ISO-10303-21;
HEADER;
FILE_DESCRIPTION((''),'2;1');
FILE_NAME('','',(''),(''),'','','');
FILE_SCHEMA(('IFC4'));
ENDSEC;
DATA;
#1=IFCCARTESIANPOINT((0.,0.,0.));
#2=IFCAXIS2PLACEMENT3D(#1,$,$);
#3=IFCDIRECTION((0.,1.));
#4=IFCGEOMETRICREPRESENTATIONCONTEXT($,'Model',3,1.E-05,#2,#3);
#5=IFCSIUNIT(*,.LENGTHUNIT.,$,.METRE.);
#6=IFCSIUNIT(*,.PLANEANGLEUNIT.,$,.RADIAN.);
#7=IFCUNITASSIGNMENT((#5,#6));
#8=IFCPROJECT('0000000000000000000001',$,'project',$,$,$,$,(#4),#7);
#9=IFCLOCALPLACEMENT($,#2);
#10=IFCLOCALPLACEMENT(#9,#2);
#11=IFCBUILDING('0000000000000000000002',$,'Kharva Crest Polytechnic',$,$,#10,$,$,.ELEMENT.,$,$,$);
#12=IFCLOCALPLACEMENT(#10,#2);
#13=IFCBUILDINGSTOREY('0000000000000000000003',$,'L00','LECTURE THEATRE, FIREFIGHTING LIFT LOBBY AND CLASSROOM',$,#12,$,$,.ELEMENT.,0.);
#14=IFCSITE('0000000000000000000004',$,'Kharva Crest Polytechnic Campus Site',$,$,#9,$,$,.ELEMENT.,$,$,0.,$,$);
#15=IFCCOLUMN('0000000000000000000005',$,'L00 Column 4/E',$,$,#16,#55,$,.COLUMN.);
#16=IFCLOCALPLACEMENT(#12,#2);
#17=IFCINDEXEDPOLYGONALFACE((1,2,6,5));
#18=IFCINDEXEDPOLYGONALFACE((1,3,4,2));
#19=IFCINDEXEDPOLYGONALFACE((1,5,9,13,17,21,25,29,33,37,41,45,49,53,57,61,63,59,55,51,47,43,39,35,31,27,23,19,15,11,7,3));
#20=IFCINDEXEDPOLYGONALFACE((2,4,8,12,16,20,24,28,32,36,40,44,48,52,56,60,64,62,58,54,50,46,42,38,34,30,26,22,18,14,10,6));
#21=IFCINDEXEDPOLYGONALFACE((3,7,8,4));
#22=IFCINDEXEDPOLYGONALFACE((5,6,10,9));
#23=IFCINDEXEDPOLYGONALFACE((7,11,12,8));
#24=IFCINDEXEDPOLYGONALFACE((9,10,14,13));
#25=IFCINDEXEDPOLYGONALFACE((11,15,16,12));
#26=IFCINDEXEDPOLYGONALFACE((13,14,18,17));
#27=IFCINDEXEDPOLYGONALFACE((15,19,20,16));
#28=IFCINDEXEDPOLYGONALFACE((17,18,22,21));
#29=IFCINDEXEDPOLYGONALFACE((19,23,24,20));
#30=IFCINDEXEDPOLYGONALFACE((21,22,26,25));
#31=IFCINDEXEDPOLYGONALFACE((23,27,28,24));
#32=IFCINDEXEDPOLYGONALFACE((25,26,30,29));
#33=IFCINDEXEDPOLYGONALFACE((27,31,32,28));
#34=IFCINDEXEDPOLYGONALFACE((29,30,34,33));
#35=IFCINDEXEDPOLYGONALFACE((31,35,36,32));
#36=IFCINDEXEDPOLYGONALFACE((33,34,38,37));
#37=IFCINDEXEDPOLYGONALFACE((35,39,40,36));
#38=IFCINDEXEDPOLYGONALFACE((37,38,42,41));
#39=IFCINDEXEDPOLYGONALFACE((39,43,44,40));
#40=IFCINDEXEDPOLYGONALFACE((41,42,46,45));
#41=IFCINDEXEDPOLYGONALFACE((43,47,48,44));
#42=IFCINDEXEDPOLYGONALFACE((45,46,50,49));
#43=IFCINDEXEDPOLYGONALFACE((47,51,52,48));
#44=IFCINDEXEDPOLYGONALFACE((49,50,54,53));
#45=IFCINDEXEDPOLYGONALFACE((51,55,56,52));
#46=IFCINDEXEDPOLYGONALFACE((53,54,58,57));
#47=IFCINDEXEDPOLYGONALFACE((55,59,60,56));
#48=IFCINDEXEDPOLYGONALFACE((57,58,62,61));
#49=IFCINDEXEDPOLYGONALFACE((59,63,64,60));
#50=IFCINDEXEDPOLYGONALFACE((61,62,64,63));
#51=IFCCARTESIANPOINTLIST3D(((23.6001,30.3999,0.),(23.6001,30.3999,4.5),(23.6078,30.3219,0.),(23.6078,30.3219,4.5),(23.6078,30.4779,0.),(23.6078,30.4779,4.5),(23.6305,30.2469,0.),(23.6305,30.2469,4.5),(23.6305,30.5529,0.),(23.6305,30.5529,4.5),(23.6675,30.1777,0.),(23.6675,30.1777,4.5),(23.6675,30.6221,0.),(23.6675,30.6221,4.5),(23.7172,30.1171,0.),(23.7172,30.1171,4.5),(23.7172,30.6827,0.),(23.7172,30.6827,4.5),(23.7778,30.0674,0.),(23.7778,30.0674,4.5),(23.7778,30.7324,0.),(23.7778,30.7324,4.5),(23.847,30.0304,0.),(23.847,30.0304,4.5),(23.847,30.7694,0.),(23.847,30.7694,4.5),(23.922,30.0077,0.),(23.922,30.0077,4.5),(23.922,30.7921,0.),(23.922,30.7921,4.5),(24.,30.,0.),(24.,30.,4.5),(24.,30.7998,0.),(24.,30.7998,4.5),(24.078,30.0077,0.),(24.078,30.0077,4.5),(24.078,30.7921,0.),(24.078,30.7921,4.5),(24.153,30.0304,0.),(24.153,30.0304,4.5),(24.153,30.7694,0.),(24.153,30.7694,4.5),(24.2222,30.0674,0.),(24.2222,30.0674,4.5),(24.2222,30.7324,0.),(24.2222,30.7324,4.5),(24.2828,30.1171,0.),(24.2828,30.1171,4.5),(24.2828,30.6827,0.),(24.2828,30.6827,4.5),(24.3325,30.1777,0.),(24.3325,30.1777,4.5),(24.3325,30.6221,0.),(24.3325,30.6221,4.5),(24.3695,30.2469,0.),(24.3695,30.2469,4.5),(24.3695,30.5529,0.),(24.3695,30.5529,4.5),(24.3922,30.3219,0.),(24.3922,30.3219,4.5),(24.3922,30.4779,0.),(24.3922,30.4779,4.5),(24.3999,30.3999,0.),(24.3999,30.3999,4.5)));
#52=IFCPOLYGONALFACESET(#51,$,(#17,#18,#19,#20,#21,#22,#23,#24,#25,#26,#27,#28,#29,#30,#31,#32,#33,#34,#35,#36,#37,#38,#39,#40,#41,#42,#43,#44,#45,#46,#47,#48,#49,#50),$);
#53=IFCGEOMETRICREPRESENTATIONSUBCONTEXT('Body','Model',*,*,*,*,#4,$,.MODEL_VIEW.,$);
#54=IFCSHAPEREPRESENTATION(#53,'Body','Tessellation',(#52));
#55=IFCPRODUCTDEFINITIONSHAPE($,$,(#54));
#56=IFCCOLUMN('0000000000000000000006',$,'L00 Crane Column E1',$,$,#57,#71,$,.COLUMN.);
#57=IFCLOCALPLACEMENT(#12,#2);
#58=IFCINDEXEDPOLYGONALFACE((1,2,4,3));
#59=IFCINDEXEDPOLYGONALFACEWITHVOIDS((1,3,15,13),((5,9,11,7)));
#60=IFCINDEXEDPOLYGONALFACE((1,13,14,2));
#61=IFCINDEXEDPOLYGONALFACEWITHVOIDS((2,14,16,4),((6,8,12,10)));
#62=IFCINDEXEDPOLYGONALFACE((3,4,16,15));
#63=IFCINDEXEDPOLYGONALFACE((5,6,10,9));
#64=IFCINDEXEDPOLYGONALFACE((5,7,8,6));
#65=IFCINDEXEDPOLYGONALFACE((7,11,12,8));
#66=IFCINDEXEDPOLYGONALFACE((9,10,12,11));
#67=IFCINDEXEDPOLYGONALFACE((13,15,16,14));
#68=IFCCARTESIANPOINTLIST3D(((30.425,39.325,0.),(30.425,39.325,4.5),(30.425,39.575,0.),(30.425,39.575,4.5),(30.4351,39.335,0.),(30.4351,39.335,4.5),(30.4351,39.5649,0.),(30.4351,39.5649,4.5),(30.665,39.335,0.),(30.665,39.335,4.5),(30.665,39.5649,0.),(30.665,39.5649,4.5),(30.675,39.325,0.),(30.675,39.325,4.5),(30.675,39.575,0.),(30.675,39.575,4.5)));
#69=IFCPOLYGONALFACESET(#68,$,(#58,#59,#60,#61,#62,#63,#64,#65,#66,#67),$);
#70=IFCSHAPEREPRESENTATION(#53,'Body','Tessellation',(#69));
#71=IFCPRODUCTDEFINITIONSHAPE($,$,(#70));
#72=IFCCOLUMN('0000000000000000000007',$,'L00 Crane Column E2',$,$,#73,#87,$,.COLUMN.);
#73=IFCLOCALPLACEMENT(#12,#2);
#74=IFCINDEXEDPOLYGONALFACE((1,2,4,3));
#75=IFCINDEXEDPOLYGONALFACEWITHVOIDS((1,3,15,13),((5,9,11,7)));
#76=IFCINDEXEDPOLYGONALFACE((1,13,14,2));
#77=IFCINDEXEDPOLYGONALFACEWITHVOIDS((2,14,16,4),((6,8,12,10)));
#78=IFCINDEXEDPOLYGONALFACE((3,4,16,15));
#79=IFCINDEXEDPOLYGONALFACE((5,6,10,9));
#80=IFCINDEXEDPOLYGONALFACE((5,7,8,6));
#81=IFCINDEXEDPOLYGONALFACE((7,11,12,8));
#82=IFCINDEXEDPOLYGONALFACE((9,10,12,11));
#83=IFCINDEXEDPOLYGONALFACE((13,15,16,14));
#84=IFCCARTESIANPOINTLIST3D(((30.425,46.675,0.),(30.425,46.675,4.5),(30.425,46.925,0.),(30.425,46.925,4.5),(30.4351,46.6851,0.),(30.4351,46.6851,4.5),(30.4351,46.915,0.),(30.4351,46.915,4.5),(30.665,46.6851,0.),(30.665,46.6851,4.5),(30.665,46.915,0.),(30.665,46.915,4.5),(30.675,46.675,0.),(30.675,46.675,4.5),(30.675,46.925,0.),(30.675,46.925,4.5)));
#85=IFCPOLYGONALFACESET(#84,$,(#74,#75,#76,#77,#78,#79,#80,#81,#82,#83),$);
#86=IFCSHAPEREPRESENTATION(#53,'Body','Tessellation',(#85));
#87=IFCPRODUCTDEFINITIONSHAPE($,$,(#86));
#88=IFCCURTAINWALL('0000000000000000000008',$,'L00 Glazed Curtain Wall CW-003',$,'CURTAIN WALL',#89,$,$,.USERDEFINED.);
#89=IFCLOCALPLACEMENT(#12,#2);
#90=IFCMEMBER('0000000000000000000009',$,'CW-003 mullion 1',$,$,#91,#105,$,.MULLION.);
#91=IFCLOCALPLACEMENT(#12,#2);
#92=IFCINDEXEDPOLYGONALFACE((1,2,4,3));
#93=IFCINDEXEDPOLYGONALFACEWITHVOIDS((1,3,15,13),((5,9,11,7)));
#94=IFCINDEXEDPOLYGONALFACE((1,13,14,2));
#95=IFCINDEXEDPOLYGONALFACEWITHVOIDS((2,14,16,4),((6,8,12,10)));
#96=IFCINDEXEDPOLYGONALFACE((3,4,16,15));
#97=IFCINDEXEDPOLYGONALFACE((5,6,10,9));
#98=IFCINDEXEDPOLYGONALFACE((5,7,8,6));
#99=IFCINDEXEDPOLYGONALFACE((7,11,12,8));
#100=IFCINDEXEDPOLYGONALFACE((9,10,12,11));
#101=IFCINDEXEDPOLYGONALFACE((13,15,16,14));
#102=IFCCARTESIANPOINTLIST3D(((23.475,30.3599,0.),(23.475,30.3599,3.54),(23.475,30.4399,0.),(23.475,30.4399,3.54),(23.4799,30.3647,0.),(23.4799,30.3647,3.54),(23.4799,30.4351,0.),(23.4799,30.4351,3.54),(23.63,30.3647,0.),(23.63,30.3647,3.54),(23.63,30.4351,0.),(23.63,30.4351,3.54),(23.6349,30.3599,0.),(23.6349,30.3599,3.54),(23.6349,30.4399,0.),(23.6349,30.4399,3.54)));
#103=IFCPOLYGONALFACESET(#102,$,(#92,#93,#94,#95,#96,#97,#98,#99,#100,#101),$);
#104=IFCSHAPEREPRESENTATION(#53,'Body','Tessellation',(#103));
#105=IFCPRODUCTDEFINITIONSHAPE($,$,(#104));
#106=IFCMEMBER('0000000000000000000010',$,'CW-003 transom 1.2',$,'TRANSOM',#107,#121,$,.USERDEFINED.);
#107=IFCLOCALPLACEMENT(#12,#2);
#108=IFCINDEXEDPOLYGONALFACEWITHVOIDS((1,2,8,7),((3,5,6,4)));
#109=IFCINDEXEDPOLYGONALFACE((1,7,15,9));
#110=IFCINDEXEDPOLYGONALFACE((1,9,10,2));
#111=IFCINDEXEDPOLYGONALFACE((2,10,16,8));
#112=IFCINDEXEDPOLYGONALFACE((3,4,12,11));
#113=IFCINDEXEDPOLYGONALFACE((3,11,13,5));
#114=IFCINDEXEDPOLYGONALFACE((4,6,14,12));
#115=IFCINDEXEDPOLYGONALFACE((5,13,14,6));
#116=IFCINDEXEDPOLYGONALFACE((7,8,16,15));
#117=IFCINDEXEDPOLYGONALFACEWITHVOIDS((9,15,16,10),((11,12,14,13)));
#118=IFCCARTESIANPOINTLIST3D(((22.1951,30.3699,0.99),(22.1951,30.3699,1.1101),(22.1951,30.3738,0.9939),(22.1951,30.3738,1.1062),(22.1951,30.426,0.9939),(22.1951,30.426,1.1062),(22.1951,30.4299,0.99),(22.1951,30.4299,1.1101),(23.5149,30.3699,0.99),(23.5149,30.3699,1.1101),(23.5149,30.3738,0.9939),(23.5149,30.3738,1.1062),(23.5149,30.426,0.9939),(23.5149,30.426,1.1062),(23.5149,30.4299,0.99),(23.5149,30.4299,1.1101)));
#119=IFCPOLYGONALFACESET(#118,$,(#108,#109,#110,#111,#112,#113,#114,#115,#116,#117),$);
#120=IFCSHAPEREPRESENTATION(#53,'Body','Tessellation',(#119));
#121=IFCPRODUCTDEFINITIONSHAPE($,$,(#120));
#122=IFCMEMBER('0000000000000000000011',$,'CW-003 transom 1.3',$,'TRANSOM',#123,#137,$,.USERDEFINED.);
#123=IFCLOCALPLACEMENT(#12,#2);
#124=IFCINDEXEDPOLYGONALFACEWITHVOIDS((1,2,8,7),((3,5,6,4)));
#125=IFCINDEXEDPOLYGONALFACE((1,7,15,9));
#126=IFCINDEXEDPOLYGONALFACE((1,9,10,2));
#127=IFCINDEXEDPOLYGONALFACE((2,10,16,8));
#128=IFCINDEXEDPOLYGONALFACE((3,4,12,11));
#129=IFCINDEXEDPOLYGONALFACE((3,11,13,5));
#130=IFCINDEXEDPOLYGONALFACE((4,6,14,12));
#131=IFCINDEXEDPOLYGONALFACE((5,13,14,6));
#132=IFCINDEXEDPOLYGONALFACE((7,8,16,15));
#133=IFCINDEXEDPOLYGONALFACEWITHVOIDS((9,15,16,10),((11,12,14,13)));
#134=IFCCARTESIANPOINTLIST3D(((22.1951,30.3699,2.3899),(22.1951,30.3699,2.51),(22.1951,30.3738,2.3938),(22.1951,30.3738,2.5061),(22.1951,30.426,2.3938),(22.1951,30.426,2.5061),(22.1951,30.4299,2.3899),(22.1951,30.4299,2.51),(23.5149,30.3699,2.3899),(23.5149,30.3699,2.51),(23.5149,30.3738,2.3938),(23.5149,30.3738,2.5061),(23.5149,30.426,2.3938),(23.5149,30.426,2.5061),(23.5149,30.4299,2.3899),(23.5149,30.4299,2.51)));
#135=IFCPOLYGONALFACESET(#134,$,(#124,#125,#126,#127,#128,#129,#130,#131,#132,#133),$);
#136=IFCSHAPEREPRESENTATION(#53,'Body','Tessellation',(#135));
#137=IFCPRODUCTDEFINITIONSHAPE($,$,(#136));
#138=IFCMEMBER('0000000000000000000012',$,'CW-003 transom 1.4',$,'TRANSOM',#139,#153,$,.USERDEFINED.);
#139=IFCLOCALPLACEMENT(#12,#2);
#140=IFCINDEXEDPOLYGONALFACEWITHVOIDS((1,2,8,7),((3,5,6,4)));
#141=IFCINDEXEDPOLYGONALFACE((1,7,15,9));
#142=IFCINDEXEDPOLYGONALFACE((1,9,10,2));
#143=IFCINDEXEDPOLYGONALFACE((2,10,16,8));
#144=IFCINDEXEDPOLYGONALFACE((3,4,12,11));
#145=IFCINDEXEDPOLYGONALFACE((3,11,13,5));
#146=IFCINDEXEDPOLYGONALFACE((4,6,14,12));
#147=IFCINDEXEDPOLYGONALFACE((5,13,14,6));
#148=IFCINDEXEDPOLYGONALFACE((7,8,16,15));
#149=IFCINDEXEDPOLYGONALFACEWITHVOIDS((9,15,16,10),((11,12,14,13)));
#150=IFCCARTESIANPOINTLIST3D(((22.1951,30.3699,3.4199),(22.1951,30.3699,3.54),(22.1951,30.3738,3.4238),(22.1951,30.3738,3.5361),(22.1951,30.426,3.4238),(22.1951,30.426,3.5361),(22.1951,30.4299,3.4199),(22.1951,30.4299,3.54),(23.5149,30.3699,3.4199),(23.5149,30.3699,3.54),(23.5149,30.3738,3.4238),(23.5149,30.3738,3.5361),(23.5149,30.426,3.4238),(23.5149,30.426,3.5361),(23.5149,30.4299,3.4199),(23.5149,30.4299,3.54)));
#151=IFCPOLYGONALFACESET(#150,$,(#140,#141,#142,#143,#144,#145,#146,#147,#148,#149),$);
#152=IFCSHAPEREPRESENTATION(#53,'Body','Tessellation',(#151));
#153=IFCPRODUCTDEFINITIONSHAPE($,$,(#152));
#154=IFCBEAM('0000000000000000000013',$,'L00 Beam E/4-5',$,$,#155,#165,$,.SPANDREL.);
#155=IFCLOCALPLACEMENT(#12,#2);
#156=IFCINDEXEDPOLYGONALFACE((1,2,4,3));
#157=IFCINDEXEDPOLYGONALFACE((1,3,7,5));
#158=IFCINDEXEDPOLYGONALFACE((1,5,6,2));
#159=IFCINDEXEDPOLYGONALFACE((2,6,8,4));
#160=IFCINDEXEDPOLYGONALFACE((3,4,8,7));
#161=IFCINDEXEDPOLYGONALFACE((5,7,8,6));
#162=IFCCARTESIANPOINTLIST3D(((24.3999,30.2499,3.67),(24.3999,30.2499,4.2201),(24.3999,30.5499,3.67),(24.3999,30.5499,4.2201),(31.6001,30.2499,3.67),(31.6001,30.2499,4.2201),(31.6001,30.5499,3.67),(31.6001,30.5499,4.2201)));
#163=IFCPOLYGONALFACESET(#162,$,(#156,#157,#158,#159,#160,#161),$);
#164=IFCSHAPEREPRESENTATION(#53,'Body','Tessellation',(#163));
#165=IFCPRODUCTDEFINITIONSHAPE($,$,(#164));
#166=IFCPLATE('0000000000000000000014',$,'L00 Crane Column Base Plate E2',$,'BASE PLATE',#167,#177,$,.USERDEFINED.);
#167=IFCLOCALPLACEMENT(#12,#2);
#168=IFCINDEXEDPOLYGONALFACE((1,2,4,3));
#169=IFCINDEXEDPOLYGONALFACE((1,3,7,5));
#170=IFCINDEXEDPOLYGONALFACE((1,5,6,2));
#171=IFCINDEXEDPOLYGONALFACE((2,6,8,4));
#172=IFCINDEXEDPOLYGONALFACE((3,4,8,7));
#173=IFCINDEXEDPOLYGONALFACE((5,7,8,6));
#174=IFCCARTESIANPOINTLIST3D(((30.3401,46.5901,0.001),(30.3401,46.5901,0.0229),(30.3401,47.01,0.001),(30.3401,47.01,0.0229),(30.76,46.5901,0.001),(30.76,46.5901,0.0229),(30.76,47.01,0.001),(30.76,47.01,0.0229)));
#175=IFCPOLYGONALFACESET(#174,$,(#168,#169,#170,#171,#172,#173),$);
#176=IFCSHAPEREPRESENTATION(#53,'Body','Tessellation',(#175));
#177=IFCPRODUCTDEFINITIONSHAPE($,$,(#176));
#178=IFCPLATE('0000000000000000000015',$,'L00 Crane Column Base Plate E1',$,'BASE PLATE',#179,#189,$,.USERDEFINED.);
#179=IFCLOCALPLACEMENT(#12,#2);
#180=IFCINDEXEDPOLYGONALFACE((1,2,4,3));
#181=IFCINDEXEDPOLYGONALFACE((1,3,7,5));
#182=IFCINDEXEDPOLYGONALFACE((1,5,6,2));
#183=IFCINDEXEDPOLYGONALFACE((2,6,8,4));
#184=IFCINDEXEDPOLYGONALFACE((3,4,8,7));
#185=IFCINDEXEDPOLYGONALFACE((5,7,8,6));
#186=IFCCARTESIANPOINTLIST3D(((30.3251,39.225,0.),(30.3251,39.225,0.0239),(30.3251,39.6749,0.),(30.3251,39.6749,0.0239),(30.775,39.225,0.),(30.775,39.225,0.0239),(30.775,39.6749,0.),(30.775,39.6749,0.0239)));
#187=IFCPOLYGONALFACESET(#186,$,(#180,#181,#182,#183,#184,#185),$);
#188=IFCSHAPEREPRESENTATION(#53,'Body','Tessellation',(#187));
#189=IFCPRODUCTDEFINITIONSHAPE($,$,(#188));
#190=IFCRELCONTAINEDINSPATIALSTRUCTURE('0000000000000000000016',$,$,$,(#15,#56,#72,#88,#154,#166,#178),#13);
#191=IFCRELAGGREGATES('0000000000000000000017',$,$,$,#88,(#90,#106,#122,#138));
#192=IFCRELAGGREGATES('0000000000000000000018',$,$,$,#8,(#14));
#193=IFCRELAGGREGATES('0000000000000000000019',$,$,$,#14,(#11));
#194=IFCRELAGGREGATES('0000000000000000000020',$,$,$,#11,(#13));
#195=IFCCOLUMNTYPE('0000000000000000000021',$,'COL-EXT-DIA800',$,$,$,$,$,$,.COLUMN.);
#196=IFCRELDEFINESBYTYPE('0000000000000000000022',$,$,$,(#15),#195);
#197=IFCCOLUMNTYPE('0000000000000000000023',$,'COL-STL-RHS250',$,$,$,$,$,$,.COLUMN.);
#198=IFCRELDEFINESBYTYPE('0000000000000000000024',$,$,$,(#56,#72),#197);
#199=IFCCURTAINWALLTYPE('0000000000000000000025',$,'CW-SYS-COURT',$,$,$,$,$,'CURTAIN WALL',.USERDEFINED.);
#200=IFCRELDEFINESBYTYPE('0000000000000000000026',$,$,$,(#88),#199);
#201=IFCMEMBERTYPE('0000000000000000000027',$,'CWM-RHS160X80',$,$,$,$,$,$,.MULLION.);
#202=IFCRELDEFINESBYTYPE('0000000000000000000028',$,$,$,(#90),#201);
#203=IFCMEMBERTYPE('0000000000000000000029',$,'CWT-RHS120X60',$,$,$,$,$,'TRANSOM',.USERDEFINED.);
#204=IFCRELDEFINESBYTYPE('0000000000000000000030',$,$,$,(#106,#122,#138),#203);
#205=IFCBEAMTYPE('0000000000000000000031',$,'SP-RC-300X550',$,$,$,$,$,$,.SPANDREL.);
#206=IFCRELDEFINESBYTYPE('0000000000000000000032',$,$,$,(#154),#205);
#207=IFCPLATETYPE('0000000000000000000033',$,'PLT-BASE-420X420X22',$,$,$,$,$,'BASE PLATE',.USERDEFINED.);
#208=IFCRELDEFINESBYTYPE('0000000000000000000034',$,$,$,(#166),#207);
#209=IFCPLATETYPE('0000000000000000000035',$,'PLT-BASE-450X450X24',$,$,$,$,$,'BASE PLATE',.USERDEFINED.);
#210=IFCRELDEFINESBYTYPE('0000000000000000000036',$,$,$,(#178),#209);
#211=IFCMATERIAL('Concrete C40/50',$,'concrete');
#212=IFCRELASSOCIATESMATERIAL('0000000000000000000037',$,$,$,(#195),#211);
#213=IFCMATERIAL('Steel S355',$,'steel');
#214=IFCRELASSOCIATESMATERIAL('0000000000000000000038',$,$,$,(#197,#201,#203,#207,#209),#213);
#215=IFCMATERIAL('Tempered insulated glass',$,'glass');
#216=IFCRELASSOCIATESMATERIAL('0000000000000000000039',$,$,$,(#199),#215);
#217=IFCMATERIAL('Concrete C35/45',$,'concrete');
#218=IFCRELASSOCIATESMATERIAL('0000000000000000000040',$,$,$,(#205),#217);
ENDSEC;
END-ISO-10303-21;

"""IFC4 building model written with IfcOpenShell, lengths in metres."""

from ifc_helpers import new_model, si_unit, direction, frame, origin, origin_2d, place, context, subcontext, project, spatial, rectangle, hollow_rectangle, circle, extrude, material, material_profile, profile_set, type_object, element, aggregate, save


model = new_model("IFC4")

# Units and contexts
model_context = context("Model", 3, precision=1e-05, world=origin(), true_north=direction((0.0, 1.0)))
body_context = subcontext(model_context, "Body", "Model", "MODEL_VIEW")
ifc_project = project(units=[si_unit("LENGTHUNIT", "METRE"), si_unit("PLANEANGLEUNIT", "RADIAN")], contexts=[model_context])

# Site, building, storey
site_placement = place(None, origin())
site = spatial("IfcSite", under=ifc_project, at=site_placement, Name="Kharva Crest Polytechnic Campus Site", CompositionType="ELEMENT", RefElevation=0.0)
building_placement = place(site_placement, origin())
building = spatial("IfcBuilding", under=site, at=building_placement, Name="Kharva Crest Polytechnic", CompositionType="ELEMENT")
storey_placement = place(building_placement, origin())
storey = spatial("IfcBuildingStorey", under=building, at=storey_placement, Name="L00", Description="LECTURE THEATRE, FIREFIGHTING LIFT LOBBY AND CLASSROOM", CompositionType="ELEMENT", Elevation=0.0)

# Shared definitions
ifc_material_1 = material(Name="Concrete C35/45", Category="concrete")

# Columns
ifc_material_2 = material(Name="Concrete C40/50", Category="concrete")
ifc_material_profile_1 = material_profile(ifc_material_2, circle(Radius=0.3999, at=origin_2d()), Name="DIA 800")
ifc_profile_set_1 = profile_set([ifc_material_profile_1], Name="Concrete C40/50")
column_type_1 = type_object("IfcColumnType", Name="COL-EXT-DIA800", PredefinedType="COLUMN", material=ifc_profile_set_1)
column_1_placement = place(storey_placement, frame((24.0, 30.3999, 0.0), z_axis=(0.0, 0.0, 1.0), x_axis=(1.0, 0.0, 0.0)))
element("IfcColumn", 1, at=column_1_placement, inside=storey, type_object=column_type_1, Name="L00 Column 4/E", PredefinedType="COLUMN", context=body_context, shape_type="SweptSolid", body=[
    extrude(circle(Radius=0.3999, at=origin_2d()), origin(), (0.0, 0.0, 1.0), 4.5),
])
ifc_material_3 = material(Name="Steel S355", Category="steel")
ifc_material_profile_2 = material_profile(ifc_material_3, hollow_rectangle(XDim=0.25, YDim=0.25, WallThickness=0.01, at=origin_2d()), Name="RHS 250X250X10.0")
ifc_profile_set_2 = profile_set([ifc_material_profile_2], Name="Steel S355")
column_type_2 = type_object("IfcColumnType", Name="COL-STL-RHS250", PredefinedType="COLUMN", material=ifc_profile_set_2)
for number, where, z_axis, x_axis, name in (
    (2, (30.55, 39.45, 0.0), (0.0, 0.0, 1.0), (1.0, 0.0, 0.0), "L00 Crane Column E1"),
    (3, (30.55, 46.8, 0.0), (0.0, 0.0, 1.0), (1.0, 0.0, 0.0), "L00 Crane Column E2"),
):
    element("IfcColumn", number, at=place(storey_placement, frame(where, z_axis=z_axis, x_axis=x_axis)), inside=storey, type_object=column_type_2, Name=name, PredefinedType="COLUMN", context=body_context, shape_type="SweptSolid", body=[
        extrude(hollow_rectangle(XDim=0.25, YDim=0.25, WallThickness=0.01, at=origin_2d()), origin(), (0.0, 0.0, 1.0), 4.5),
    ])

# Curtain wall, members
ifc_material_4 = material(Name="Tempered insulated glass", Category="glass")
curtain_wall_type = type_object("IfcCurtainWallType", Name="CW-SYS-COURT", ElementType="CURTAIN WALL", PredefinedType="USERDEFINED", material=ifc_material_4)
curtain_wall_placement = place(storey_placement, origin())
curtain_wall = element("IfcCurtainWall", 4, at=curtain_wall_placement, inside=storey, type_object=curtain_wall_type, Name="L00 Glazed Curtain Wall CW-003", ObjectType="CURTAIN WALL", PredefinedType="USERDEFINED")
ifc_material_profile_3 = material_profile(ifc_material_3, hollow_rectangle(XDim=0.0801, YDim=0.1599, WallThickness=0.0049, at=origin_2d()), Name="RHS 160X80X5.0")
ifc_profile_set_3 = profile_set([ifc_material_profile_3], Name="Steel S355")
member_type_1 = type_object("IfcMemberType", Name="CWM-RHS160X80", PredefinedType="MULLION", material=ifc_profile_set_3)
member_1_placement = place(storey_placement, frame((23.5549, 30.3999, 0.0), z_axis=(0.0, 0.0, 1.0), x_axis=(0.0, -1.0, 0.0)))
member_1 = element("IfcMember", 5, at=member_1_placement, type_object=member_type_1, Name="CW-003 mullion 1", PredefinedType="MULLION", context=body_context, shape_type="SweptSolid", body=[
    extrude(hollow_rectangle(XDim=0.0801, YDim=0.1599, WallThickness=0.0049, at=origin_2d()), origin(), (0.0, 0.0, 1.0), 3.54),
])
ifc_material_profile_4 = material_profile(ifc_material_3, hollow_rectangle(XDim=0.0601, YDim=0.1201, WallThickness=0.0039, at=origin_2d()), Name="RHS 120X60X4.0")
ifc_profile_set_4 = profile_set([ifc_material_profile_4], Name="Steel S355")
member_type_2 = type_object("IfcMemberType", Name="CWT-RHS120X60", ElementType="TRANSOM", PredefinedType="USERDEFINED", material=ifc_profile_set_4)
member_2_placement = place(storey_placement, frame((23.5149, 30.3999, 1.05), z_axis=(-1.0, 0.0, 0.0), x_axis=(0.0, -1.0, 0.0)))
member_2 = element("IfcMember", 6, at=member_2_placement, type_object=member_type_2, Name="CW-003 transom 1.2", ObjectType="TRANSOM", PredefinedType="USERDEFINED", context=body_context, shape_type="SweptSolid", body=[
    extrude(hollow_rectangle(XDim=0.0601, YDim=0.1201, WallThickness=0.0039, at=origin_2d()), origin(), (0.0, 0.0, 1.0), 1.3198),
])
member_3_placement = place(storey_placement, frame((23.5149, 30.3999, 2.45), z_axis=(-1.0, 0.0, 0.0), x_axis=(0.0, -1.0, 0.0)))
member_3 = element("IfcMember", 7, at=member_3_placement, type_object=member_type_2, Name="CW-003 transom 1.3", ObjectType="TRANSOM", PredefinedType="USERDEFINED", context=body_context, shape_type="SweptSolid", body=[
    extrude(hollow_rectangle(XDim=0.0601, YDim=0.1201, WallThickness=0.0039, at=origin_2d()), origin(), (0.0, 0.0, 1.0), 1.3198),
])
member_4_placement = place(storey_placement, frame((23.5149, 30.3999, 3.48), z_axis=(-1.0, 0.0, 0.0), x_axis=(0.0, -1.0, 0.0)))
member_4 = element("IfcMember", 8, at=member_4_placement, type_object=member_type_2, Name="CW-003 transom 1.4", ObjectType="TRANSOM", PredefinedType="USERDEFINED", context=body_context, shape_type="SweptSolid", body=[
    extrude(hollow_rectangle(XDim=0.0601, YDim=0.1201, WallThickness=0.0039, at=origin_2d()), origin(), (0.0, 0.0, 1.0), 1.3198),
])
aggregate(curtain_wall, [member_1, member_2, member_3, member_4])

# Beam
ifc_material_profile_5 = material_profile(ifc_material_1, rectangle(XDim=0.3, YDim=0.55, at=origin_2d()), Name="RECT 300 X 550")
ifc_profile_set_5 = profile_set([ifc_material_profile_5], Name="Concrete C35/45")
beam_type = type_object("IfcBeamType", Name="SP-RC-300X550", PredefinedType="SPANDREL", material=ifc_profile_set_5)
beam_placement = place(storey_placement, frame((24.3999, 30.3999, 3.9451), z_axis=(1.0, 0.0, 0.0), x_axis=(0.0, 1.0, 0.0)))
element("IfcBeam", 9, at=beam_placement, inside=storey, type_object=beam_type, Name="L00 Beam E/4-5", PredefinedType="SPANDREL", context=body_context, shape_type="SweptSolid", body=[
    extrude(rectangle(XDim=0.3, YDim=0.55, at=origin_2d()), origin(), (0.0, 0.0, 1.0), 7.2002),
])

# Plates
plate_type_1 = type_object("IfcPlateType", Name="PLT-BASE-420X420X22", ElementType="BASE PLATE", PredefinedType="USERDEFINED", material=ifc_material_3)
plate_1_placement = place(storey_placement, frame((30.55, 46.8, 0.001), z_axis=(0.0, 0.0, 1.0), x_axis=(1.0, 0.0, 0.0)))
element("IfcPlate", 10, at=plate_1_placement, inside=storey, type_object=plate_type_1, Name="L00 Crane Column Base Plate E2", ObjectType="BASE PLATE", PredefinedType="USERDEFINED", context=body_context, shape_type="SweptSolid", body=[
    extrude(rectangle(XDim=0.4199, YDim=0.4199, at=origin_2d()), origin(), (0.0, 0.0, 1.0), 0.022),
])
plate_type_2 = type_object("IfcPlateType", Name="PLT-BASE-450X450X24", ElementType="BASE PLATE", PredefinedType="USERDEFINED", material=ifc_material_3)
plate_2_placement = place(storey_placement, frame((30.55, 39.45, 0.0), z_axis=(0.0, 0.0, 1.0), x_axis=(1.0, 0.0, 0.0)))
element("IfcPlate", 11, at=plate_2_placement, inside=storey, type_object=plate_type_2, Name="L00 Crane Column Base Plate E1", ObjectType="BASE PLATE", PredefinedType="USERDEFINED", context=body_context, shape_type="SweptSolid", body=[
    extrude(rectangle(XDim=0.45, YDim=0.45, at=origin_2d()), origin(), (0.0, 0.0, 1.0), 0.0239),
])

save(model, "model.ifc")
